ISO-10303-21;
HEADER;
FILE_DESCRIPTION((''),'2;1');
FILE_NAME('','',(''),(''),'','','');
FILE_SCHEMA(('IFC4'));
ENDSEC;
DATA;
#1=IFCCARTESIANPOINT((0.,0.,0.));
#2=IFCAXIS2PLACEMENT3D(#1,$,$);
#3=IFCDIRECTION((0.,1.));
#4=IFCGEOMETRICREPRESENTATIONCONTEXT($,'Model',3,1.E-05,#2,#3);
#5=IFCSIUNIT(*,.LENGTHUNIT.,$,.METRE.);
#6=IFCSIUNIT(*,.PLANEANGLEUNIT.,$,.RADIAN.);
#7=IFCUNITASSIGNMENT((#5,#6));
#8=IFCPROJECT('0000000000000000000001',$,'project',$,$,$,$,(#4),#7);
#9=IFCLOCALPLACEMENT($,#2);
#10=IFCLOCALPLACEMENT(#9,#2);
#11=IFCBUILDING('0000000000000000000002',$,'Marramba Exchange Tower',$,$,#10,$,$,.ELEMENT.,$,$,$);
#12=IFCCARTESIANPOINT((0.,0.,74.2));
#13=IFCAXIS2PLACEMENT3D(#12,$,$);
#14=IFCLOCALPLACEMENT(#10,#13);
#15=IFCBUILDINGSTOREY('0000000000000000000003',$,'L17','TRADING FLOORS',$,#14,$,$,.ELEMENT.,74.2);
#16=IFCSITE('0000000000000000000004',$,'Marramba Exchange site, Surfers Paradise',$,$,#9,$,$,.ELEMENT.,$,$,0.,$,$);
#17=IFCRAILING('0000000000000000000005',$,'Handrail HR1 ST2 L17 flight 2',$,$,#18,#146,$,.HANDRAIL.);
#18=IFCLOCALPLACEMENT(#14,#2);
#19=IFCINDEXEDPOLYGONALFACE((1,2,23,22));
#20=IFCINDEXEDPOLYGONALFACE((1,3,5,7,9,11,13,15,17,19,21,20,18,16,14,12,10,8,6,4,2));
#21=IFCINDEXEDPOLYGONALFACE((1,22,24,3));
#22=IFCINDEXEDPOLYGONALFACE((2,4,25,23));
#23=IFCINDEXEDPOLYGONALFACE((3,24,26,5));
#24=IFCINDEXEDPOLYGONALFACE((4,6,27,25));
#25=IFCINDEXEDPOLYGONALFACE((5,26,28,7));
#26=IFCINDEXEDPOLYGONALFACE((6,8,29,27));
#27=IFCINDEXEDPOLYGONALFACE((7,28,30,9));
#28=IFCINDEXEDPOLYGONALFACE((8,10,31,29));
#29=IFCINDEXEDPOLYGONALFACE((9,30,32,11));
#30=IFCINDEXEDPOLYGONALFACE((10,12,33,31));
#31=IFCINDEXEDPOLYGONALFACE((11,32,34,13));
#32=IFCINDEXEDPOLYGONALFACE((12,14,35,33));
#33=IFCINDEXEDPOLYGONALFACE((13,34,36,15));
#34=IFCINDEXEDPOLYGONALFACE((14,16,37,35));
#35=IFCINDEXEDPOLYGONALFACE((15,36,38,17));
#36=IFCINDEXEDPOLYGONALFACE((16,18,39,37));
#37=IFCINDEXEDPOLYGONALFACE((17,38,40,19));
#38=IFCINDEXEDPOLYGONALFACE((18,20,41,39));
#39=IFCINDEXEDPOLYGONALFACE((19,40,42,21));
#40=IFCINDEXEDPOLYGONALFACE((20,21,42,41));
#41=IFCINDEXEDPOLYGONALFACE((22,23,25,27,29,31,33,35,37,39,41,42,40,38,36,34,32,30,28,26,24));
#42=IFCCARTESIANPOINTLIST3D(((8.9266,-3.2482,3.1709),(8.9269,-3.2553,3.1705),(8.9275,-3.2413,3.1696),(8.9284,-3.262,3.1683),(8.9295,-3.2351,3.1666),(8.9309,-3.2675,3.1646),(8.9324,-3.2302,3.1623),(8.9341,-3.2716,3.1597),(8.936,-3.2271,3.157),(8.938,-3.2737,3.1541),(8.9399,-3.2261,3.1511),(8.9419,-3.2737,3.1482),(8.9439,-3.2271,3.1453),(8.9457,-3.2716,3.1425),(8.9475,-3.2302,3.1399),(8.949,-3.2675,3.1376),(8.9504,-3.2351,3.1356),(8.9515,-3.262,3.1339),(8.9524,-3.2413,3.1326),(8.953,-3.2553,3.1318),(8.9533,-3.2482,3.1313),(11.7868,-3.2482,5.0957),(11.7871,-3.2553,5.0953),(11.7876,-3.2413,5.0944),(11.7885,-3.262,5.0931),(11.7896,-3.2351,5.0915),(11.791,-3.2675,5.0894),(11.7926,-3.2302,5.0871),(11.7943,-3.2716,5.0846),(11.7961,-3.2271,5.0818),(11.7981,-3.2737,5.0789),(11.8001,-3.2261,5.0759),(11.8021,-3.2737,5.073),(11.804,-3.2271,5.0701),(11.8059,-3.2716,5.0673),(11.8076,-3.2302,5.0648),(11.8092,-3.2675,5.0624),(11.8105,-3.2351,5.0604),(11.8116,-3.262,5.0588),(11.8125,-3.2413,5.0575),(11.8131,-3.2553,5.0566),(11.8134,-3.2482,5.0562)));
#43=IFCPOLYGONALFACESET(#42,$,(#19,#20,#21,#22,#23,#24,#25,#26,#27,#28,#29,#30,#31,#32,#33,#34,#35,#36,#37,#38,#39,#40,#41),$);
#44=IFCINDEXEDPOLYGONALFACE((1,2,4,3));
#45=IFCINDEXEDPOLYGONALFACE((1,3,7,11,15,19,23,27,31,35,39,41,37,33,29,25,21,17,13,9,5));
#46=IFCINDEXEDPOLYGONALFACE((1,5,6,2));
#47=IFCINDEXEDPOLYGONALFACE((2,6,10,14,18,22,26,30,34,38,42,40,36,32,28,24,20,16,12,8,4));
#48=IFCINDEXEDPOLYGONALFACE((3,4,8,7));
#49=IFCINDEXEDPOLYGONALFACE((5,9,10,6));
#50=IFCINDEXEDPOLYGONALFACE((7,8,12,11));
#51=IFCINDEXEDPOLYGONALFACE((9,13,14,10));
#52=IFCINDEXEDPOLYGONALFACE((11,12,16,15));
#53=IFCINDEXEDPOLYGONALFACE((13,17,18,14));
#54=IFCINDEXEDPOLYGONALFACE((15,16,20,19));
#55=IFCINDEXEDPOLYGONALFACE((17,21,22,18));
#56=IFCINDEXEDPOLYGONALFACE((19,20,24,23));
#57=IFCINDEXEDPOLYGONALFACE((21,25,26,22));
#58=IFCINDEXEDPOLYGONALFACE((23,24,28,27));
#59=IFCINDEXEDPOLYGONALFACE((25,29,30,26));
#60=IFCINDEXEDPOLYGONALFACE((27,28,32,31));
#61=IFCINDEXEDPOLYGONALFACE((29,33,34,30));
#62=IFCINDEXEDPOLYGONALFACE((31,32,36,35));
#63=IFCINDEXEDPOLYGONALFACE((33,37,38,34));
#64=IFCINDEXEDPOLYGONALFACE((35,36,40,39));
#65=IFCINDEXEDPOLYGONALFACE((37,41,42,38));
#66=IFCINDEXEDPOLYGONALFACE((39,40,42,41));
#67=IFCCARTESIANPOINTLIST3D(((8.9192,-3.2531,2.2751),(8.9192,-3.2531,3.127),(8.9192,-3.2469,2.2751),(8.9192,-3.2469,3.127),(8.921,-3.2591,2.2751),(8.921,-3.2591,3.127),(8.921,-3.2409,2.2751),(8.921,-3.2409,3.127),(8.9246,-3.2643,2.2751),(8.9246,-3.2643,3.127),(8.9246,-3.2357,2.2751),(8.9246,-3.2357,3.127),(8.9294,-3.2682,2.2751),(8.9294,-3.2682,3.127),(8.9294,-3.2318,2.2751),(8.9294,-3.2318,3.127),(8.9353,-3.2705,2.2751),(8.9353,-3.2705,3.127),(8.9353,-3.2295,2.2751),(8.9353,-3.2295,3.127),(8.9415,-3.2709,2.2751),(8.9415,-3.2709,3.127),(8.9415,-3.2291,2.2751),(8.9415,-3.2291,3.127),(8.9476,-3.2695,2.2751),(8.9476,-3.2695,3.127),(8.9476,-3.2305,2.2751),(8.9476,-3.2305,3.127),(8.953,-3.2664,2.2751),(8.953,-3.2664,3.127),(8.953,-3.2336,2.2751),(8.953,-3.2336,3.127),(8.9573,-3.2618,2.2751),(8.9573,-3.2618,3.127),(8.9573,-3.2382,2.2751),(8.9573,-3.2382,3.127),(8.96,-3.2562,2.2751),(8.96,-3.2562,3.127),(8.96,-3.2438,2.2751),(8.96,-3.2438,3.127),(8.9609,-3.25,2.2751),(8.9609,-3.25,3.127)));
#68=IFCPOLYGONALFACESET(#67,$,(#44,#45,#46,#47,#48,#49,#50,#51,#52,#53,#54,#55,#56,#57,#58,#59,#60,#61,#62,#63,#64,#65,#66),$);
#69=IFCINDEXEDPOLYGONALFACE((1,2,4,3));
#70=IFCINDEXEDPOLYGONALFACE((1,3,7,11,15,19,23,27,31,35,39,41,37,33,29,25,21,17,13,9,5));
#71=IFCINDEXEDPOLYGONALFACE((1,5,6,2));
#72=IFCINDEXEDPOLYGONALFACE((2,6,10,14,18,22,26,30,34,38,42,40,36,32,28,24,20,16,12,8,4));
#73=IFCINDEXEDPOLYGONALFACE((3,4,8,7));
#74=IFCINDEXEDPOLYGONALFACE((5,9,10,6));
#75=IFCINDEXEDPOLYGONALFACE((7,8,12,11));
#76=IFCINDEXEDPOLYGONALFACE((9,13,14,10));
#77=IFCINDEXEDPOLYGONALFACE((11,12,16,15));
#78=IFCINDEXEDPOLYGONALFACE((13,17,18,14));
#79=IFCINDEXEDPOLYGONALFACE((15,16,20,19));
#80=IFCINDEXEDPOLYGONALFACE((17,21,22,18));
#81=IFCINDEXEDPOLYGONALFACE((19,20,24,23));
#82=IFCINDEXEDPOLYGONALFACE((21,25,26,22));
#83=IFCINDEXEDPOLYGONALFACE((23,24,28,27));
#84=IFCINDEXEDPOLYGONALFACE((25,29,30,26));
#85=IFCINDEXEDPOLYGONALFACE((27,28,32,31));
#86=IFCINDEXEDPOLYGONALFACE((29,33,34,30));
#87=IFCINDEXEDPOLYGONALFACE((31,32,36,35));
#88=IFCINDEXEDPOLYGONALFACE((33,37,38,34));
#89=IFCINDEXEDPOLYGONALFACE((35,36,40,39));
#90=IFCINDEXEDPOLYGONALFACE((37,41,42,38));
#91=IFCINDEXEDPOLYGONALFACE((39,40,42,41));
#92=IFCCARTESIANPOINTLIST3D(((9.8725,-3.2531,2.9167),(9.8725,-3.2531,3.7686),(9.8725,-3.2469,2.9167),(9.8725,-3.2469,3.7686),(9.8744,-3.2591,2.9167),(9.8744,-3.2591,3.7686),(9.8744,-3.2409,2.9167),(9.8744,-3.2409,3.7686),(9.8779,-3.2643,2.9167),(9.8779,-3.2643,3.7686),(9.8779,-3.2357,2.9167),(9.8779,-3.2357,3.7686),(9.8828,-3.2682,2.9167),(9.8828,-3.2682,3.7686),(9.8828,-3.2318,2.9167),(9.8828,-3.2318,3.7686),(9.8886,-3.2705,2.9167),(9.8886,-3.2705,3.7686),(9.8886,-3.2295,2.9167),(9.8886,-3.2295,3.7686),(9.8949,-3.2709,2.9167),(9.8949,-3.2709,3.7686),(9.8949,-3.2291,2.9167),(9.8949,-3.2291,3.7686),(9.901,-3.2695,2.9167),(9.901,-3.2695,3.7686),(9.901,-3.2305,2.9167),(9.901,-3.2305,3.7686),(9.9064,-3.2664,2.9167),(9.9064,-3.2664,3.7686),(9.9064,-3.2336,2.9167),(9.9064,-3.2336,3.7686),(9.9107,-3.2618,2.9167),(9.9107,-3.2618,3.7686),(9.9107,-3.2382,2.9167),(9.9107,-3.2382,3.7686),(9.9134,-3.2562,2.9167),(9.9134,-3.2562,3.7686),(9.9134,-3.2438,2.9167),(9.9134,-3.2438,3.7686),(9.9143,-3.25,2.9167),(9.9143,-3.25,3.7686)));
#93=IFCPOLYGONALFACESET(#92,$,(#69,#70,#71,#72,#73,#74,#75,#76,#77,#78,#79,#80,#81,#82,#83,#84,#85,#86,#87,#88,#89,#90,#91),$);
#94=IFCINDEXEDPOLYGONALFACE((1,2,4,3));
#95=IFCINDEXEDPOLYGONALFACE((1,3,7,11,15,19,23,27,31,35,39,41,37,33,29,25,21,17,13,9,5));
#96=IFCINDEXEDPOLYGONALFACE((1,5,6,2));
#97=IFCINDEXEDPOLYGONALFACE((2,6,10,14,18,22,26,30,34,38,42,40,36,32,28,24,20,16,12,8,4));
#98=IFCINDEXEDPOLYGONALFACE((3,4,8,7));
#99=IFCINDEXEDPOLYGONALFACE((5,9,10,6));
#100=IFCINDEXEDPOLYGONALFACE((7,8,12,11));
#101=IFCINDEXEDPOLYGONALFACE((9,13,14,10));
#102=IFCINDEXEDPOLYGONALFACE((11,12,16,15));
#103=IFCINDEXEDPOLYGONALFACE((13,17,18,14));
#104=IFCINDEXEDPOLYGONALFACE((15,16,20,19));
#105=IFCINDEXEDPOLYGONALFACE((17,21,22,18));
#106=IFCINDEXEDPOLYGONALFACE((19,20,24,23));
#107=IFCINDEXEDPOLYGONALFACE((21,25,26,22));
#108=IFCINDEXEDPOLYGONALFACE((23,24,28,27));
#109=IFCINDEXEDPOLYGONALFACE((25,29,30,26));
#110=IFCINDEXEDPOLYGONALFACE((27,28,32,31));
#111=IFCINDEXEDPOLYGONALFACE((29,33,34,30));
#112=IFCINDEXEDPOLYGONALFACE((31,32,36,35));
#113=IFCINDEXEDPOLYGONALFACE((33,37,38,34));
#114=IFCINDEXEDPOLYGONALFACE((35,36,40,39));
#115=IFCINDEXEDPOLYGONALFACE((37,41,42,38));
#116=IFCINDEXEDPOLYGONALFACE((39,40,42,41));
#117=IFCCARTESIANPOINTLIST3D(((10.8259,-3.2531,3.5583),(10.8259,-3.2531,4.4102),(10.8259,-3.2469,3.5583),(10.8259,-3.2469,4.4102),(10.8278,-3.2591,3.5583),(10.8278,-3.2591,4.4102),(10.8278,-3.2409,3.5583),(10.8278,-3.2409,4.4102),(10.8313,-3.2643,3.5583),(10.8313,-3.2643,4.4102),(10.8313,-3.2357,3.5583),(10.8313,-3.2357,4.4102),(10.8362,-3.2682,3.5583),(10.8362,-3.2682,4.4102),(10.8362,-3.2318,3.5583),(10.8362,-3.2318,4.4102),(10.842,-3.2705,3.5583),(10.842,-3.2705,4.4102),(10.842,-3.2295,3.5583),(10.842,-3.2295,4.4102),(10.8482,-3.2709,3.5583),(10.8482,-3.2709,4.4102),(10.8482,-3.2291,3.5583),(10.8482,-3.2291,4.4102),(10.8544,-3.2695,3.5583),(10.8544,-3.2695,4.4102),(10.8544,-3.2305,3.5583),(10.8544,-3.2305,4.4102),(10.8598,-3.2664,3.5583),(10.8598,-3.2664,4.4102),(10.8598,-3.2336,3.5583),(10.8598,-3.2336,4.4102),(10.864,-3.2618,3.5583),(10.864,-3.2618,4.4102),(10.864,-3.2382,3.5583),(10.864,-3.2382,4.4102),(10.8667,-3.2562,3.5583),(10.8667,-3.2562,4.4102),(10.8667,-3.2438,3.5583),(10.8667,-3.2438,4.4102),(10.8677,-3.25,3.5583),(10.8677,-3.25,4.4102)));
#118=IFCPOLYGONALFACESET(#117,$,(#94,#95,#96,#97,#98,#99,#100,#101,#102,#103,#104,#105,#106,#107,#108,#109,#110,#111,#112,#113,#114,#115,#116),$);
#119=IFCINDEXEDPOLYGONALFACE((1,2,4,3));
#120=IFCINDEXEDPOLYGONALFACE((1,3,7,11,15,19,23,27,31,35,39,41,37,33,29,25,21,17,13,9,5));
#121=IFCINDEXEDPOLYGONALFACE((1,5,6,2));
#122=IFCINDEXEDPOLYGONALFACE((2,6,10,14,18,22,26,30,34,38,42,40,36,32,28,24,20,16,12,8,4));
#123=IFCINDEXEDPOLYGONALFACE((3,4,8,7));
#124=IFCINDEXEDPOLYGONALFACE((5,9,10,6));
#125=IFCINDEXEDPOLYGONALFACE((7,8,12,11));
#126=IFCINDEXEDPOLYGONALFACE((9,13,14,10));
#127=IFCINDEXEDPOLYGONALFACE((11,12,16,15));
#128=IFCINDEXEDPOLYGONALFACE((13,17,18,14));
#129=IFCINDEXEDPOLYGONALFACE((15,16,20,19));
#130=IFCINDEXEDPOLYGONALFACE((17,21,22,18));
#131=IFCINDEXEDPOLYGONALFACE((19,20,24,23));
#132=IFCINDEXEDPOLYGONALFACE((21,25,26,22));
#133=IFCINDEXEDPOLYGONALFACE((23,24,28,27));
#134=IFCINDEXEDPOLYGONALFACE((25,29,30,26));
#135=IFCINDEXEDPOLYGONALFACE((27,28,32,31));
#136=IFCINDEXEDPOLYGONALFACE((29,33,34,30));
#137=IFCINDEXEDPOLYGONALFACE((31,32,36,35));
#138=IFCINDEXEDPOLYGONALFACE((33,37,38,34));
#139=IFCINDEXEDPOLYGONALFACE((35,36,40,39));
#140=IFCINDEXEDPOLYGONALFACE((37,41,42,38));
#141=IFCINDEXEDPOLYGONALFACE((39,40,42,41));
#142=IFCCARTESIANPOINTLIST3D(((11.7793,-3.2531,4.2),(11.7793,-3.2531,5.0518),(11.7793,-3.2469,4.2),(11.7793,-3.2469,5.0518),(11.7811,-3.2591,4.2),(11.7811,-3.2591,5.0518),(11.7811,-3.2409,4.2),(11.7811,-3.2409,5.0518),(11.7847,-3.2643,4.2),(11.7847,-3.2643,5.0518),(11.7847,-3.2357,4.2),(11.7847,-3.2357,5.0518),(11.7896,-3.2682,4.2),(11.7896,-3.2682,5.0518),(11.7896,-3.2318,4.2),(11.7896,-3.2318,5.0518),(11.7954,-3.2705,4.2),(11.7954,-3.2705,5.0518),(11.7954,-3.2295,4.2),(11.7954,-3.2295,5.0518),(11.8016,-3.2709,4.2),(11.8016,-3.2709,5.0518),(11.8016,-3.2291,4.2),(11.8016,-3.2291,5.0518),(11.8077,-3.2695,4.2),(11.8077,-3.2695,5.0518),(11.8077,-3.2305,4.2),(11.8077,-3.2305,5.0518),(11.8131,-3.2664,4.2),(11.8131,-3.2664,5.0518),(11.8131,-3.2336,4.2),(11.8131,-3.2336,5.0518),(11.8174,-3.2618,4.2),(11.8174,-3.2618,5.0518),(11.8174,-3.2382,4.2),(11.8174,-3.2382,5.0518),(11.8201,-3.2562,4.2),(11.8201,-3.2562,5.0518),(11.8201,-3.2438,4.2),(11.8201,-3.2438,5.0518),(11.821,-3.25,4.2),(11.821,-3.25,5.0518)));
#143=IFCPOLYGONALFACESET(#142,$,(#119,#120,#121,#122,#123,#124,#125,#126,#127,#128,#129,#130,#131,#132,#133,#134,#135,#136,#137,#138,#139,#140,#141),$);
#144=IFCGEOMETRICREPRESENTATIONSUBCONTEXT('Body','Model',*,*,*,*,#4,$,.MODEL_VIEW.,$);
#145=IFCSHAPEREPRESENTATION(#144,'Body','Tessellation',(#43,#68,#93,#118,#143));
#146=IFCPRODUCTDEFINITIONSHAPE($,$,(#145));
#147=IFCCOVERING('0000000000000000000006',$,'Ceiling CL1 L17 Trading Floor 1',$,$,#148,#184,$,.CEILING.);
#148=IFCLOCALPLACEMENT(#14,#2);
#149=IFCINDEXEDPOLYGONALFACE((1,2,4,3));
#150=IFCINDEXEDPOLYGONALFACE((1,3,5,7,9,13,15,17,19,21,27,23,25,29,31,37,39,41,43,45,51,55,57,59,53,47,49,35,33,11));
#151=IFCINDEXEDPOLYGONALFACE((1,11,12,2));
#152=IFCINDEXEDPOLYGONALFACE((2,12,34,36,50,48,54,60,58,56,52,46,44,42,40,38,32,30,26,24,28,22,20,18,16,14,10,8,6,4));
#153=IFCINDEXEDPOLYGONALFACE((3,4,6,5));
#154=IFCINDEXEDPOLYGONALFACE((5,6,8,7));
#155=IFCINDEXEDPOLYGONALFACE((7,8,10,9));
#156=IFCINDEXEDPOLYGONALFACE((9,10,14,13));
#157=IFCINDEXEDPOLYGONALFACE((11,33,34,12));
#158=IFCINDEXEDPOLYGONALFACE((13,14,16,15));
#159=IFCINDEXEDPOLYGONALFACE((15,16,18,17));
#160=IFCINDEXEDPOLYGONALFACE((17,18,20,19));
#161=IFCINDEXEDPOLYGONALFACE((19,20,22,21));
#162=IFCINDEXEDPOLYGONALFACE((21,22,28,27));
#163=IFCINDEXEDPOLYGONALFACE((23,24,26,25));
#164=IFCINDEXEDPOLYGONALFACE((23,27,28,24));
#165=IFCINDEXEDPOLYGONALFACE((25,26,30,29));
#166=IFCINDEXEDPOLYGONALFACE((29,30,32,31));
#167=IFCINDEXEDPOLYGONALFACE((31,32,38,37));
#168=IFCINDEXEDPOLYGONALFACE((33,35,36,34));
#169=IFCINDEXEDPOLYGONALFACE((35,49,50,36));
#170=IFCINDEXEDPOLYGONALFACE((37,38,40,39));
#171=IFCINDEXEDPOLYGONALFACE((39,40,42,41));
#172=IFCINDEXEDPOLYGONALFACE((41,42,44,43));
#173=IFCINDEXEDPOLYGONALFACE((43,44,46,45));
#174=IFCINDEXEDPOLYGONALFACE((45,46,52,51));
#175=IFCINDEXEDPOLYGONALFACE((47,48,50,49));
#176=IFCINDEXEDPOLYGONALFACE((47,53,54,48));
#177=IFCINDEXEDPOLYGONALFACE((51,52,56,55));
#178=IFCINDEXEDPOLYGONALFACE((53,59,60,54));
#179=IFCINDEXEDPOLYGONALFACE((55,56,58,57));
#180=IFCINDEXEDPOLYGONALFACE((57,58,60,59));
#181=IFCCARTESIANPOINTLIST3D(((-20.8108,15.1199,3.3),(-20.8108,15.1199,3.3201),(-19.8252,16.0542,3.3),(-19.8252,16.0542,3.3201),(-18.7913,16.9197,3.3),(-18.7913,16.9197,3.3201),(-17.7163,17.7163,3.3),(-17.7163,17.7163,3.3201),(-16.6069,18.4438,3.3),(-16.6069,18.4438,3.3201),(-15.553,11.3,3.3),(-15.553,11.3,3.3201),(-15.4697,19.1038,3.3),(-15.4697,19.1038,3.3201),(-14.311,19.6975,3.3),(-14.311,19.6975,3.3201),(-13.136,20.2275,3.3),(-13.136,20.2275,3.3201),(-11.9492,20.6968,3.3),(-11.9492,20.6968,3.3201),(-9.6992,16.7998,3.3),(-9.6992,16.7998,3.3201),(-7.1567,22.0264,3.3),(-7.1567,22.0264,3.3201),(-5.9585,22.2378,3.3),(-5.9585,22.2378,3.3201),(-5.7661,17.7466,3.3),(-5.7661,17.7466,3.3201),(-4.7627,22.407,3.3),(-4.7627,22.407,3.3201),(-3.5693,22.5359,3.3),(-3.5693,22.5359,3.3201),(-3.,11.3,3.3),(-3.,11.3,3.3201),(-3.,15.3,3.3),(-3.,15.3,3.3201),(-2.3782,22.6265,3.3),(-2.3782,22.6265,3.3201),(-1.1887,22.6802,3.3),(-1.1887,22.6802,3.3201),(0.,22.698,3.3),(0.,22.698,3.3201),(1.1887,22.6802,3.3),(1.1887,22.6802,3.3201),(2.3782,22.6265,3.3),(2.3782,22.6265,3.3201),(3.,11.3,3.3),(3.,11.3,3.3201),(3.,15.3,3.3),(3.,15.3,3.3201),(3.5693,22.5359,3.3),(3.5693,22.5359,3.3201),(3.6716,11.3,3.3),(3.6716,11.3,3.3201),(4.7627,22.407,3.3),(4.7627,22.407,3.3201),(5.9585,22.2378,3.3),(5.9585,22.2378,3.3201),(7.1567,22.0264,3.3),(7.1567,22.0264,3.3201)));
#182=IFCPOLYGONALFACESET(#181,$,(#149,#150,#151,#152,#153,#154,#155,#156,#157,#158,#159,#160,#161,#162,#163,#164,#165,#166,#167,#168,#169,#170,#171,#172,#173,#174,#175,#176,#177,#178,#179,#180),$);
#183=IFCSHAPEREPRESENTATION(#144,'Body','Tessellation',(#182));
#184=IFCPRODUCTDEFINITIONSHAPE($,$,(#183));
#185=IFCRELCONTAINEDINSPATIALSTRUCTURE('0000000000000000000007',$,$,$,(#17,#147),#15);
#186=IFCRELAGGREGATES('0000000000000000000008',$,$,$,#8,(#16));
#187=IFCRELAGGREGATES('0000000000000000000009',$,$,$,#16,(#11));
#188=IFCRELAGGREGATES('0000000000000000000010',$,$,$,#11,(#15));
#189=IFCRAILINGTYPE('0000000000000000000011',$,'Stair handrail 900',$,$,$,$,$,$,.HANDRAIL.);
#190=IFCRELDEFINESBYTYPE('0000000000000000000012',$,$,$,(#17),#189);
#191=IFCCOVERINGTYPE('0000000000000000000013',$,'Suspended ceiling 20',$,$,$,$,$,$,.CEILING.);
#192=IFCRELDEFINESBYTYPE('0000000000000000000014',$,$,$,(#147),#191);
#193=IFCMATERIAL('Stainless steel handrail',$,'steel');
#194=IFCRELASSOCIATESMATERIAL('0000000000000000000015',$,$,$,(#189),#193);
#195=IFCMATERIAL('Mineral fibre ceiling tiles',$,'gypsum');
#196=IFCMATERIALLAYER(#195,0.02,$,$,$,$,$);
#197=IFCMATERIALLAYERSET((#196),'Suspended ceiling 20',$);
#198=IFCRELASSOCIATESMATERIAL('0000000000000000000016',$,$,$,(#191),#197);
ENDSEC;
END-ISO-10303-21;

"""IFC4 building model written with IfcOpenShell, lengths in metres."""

from ifc_helpers import new_model, si_unit, direction, frame, origin, origin_2d, place, context, subcontext, project, spatial, polyline, circle, outline, extrude, material, layer, layer_set, type_object, element, save


model = new_model("IFC4")

# Units and contexts
model_context = context("Model", 3, precision=1e-05, world=origin(), true_north=direction((0.0, 1.0)))
body_context = subcontext(model_context, "Body", "Model", "MODEL_VIEW")
ifc_project = project(units=[si_unit("LENGTHUNIT", "METRE"), si_unit("PLANEANGLEUNIT", "RADIAN")], contexts=[model_context])

# Site, building, storey
site_placement = place(None, origin())
site = spatial("IfcSite", under=ifc_project, at=site_placement, Name="Marramba Exchange site, Surfers Paradise", CompositionType="ELEMENT", RefElevation=0.0)
building_placement = place(site_placement, origin())
building = spatial("IfcBuilding", under=site, at=building_placement, Name="Marramba Exchange Tower", CompositionType="ELEMENT")
storey_placement = place(building_placement, frame((0.0, 0.0, 74.2)))
storey = spatial("IfcBuildingStorey", under=building, at=storey_placement, Name="L17", Description="TRADING FLOORS", CompositionType="ELEMENT", Elevation=74.2)

# Railing
ifc_material_1 = material(Name="Stainless steel handrail", Category="steel")
railing_type = type_object("IfcRailingType", Name="Stair handrail 900", PredefinedType="HANDRAIL", material=ifc_material_1)
railing_placement = place(storey_placement, frame((8.9399, -3.25, 2.2751)))
element("IfcRailing", 1, at=railing_placement, inside=storey, type_object=railing_type, Name="Handrail HR1 ST2 L17 flight 2", PredefinedType="HANDRAIL", context=body_context, shape_type="SweptSolid", body=[
    extrude(circle(Radius=0.0239, at=origin_2d()), frame((0.0, 0.0, 0.876), z_axis=(0.829624, 0.0, 0.558323), x_axis=(0.0, 1.0, 0.0)), (0.0, 0.0, 1.0), 3.4475),
    extrude(circle(Radius=0.021, at=origin_2d()), origin(), (0.0, 0.0, 1.0), 0.8518),
    extrude(circle(Radius=0.021, at=origin_2d()), frame((0.9534, 0.0, 0.6416)), (0.0, 0.0, 1.0), 0.8518),
    extrude(circle(Radius=0.021, at=origin_2d()), frame((1.9067, 0.0, 1.2832)), (0.0, 0.0, 1.0), 0.8518),
    extrude(circle(Radius=0.021, at=origin_2d()), frame((2.8601, 0.0, 1.9248)), (0.0, 0.0, 1.0), 0.8518),
])

# Covering
ifc_material_2 = material(Name="Mineral fibre ceiling tiles", Category="gypsum")
ifc_layer_1 = layer(ifc_material_2, 0.02)
ifc_layer_set_1 = layer_set([ifc_layer_1], Name="Suspended ceiling 20")
covering_type_1 = type_object("IfcCoveringType", Name="Suspended ceiling 20", PredefinedType="CEILING", material=ifc_layer_set_1)
covering_1_placement = place(storey_placement, frame((0.0, 0.0, 3.3)))
element("IfcCovering", 2, at=covering_1_placement, inside=storey, type_object=covering_type_1, Name="Ceiling CL1 L17 Trading Floor 1", PredefinedType="CEILING", context=body_context, shape_type="SweptSolid", body=[
    extrude(outline(polyline([(-20.8108, 15.1199), (-19.8252, 16.0542), (-18.7913, 16.9197), (-17.7163, 17.7163), (-16.6069, 18.4438), (-15.4697, 19.1038), (-14.311, 19.6975), (-13.136, 20.2275), (-11.9492, 20.6968), (-9.6992, 16.7998), (-5.7661, 17.7466), (-7.1567, 22.0264), (-5.9585, 22.2378), (-4.7627, 22.407), (-3.5693, 22.5359), (-2.3782, 22.6265), (-1.1887, 22.6802), (0.0, 22.698), (1.1887, 22.6802), (2.3782, 22.6265), (3.5693, 22.5359), (4.7627, 22.407), (5.9585, 22.2378), (7.1567, 22.0264), (3.6716, 11.3), (3.0, 11.3), (3.0, 15.3), (-3.0, 15.3), (-3.0, 11.3), (-15.553, 11.3), (-20.8108, 15.1199)])), origin(), (0.0, 0.0, 1.0), 0.02),
])

save(model, "model.ifc")
